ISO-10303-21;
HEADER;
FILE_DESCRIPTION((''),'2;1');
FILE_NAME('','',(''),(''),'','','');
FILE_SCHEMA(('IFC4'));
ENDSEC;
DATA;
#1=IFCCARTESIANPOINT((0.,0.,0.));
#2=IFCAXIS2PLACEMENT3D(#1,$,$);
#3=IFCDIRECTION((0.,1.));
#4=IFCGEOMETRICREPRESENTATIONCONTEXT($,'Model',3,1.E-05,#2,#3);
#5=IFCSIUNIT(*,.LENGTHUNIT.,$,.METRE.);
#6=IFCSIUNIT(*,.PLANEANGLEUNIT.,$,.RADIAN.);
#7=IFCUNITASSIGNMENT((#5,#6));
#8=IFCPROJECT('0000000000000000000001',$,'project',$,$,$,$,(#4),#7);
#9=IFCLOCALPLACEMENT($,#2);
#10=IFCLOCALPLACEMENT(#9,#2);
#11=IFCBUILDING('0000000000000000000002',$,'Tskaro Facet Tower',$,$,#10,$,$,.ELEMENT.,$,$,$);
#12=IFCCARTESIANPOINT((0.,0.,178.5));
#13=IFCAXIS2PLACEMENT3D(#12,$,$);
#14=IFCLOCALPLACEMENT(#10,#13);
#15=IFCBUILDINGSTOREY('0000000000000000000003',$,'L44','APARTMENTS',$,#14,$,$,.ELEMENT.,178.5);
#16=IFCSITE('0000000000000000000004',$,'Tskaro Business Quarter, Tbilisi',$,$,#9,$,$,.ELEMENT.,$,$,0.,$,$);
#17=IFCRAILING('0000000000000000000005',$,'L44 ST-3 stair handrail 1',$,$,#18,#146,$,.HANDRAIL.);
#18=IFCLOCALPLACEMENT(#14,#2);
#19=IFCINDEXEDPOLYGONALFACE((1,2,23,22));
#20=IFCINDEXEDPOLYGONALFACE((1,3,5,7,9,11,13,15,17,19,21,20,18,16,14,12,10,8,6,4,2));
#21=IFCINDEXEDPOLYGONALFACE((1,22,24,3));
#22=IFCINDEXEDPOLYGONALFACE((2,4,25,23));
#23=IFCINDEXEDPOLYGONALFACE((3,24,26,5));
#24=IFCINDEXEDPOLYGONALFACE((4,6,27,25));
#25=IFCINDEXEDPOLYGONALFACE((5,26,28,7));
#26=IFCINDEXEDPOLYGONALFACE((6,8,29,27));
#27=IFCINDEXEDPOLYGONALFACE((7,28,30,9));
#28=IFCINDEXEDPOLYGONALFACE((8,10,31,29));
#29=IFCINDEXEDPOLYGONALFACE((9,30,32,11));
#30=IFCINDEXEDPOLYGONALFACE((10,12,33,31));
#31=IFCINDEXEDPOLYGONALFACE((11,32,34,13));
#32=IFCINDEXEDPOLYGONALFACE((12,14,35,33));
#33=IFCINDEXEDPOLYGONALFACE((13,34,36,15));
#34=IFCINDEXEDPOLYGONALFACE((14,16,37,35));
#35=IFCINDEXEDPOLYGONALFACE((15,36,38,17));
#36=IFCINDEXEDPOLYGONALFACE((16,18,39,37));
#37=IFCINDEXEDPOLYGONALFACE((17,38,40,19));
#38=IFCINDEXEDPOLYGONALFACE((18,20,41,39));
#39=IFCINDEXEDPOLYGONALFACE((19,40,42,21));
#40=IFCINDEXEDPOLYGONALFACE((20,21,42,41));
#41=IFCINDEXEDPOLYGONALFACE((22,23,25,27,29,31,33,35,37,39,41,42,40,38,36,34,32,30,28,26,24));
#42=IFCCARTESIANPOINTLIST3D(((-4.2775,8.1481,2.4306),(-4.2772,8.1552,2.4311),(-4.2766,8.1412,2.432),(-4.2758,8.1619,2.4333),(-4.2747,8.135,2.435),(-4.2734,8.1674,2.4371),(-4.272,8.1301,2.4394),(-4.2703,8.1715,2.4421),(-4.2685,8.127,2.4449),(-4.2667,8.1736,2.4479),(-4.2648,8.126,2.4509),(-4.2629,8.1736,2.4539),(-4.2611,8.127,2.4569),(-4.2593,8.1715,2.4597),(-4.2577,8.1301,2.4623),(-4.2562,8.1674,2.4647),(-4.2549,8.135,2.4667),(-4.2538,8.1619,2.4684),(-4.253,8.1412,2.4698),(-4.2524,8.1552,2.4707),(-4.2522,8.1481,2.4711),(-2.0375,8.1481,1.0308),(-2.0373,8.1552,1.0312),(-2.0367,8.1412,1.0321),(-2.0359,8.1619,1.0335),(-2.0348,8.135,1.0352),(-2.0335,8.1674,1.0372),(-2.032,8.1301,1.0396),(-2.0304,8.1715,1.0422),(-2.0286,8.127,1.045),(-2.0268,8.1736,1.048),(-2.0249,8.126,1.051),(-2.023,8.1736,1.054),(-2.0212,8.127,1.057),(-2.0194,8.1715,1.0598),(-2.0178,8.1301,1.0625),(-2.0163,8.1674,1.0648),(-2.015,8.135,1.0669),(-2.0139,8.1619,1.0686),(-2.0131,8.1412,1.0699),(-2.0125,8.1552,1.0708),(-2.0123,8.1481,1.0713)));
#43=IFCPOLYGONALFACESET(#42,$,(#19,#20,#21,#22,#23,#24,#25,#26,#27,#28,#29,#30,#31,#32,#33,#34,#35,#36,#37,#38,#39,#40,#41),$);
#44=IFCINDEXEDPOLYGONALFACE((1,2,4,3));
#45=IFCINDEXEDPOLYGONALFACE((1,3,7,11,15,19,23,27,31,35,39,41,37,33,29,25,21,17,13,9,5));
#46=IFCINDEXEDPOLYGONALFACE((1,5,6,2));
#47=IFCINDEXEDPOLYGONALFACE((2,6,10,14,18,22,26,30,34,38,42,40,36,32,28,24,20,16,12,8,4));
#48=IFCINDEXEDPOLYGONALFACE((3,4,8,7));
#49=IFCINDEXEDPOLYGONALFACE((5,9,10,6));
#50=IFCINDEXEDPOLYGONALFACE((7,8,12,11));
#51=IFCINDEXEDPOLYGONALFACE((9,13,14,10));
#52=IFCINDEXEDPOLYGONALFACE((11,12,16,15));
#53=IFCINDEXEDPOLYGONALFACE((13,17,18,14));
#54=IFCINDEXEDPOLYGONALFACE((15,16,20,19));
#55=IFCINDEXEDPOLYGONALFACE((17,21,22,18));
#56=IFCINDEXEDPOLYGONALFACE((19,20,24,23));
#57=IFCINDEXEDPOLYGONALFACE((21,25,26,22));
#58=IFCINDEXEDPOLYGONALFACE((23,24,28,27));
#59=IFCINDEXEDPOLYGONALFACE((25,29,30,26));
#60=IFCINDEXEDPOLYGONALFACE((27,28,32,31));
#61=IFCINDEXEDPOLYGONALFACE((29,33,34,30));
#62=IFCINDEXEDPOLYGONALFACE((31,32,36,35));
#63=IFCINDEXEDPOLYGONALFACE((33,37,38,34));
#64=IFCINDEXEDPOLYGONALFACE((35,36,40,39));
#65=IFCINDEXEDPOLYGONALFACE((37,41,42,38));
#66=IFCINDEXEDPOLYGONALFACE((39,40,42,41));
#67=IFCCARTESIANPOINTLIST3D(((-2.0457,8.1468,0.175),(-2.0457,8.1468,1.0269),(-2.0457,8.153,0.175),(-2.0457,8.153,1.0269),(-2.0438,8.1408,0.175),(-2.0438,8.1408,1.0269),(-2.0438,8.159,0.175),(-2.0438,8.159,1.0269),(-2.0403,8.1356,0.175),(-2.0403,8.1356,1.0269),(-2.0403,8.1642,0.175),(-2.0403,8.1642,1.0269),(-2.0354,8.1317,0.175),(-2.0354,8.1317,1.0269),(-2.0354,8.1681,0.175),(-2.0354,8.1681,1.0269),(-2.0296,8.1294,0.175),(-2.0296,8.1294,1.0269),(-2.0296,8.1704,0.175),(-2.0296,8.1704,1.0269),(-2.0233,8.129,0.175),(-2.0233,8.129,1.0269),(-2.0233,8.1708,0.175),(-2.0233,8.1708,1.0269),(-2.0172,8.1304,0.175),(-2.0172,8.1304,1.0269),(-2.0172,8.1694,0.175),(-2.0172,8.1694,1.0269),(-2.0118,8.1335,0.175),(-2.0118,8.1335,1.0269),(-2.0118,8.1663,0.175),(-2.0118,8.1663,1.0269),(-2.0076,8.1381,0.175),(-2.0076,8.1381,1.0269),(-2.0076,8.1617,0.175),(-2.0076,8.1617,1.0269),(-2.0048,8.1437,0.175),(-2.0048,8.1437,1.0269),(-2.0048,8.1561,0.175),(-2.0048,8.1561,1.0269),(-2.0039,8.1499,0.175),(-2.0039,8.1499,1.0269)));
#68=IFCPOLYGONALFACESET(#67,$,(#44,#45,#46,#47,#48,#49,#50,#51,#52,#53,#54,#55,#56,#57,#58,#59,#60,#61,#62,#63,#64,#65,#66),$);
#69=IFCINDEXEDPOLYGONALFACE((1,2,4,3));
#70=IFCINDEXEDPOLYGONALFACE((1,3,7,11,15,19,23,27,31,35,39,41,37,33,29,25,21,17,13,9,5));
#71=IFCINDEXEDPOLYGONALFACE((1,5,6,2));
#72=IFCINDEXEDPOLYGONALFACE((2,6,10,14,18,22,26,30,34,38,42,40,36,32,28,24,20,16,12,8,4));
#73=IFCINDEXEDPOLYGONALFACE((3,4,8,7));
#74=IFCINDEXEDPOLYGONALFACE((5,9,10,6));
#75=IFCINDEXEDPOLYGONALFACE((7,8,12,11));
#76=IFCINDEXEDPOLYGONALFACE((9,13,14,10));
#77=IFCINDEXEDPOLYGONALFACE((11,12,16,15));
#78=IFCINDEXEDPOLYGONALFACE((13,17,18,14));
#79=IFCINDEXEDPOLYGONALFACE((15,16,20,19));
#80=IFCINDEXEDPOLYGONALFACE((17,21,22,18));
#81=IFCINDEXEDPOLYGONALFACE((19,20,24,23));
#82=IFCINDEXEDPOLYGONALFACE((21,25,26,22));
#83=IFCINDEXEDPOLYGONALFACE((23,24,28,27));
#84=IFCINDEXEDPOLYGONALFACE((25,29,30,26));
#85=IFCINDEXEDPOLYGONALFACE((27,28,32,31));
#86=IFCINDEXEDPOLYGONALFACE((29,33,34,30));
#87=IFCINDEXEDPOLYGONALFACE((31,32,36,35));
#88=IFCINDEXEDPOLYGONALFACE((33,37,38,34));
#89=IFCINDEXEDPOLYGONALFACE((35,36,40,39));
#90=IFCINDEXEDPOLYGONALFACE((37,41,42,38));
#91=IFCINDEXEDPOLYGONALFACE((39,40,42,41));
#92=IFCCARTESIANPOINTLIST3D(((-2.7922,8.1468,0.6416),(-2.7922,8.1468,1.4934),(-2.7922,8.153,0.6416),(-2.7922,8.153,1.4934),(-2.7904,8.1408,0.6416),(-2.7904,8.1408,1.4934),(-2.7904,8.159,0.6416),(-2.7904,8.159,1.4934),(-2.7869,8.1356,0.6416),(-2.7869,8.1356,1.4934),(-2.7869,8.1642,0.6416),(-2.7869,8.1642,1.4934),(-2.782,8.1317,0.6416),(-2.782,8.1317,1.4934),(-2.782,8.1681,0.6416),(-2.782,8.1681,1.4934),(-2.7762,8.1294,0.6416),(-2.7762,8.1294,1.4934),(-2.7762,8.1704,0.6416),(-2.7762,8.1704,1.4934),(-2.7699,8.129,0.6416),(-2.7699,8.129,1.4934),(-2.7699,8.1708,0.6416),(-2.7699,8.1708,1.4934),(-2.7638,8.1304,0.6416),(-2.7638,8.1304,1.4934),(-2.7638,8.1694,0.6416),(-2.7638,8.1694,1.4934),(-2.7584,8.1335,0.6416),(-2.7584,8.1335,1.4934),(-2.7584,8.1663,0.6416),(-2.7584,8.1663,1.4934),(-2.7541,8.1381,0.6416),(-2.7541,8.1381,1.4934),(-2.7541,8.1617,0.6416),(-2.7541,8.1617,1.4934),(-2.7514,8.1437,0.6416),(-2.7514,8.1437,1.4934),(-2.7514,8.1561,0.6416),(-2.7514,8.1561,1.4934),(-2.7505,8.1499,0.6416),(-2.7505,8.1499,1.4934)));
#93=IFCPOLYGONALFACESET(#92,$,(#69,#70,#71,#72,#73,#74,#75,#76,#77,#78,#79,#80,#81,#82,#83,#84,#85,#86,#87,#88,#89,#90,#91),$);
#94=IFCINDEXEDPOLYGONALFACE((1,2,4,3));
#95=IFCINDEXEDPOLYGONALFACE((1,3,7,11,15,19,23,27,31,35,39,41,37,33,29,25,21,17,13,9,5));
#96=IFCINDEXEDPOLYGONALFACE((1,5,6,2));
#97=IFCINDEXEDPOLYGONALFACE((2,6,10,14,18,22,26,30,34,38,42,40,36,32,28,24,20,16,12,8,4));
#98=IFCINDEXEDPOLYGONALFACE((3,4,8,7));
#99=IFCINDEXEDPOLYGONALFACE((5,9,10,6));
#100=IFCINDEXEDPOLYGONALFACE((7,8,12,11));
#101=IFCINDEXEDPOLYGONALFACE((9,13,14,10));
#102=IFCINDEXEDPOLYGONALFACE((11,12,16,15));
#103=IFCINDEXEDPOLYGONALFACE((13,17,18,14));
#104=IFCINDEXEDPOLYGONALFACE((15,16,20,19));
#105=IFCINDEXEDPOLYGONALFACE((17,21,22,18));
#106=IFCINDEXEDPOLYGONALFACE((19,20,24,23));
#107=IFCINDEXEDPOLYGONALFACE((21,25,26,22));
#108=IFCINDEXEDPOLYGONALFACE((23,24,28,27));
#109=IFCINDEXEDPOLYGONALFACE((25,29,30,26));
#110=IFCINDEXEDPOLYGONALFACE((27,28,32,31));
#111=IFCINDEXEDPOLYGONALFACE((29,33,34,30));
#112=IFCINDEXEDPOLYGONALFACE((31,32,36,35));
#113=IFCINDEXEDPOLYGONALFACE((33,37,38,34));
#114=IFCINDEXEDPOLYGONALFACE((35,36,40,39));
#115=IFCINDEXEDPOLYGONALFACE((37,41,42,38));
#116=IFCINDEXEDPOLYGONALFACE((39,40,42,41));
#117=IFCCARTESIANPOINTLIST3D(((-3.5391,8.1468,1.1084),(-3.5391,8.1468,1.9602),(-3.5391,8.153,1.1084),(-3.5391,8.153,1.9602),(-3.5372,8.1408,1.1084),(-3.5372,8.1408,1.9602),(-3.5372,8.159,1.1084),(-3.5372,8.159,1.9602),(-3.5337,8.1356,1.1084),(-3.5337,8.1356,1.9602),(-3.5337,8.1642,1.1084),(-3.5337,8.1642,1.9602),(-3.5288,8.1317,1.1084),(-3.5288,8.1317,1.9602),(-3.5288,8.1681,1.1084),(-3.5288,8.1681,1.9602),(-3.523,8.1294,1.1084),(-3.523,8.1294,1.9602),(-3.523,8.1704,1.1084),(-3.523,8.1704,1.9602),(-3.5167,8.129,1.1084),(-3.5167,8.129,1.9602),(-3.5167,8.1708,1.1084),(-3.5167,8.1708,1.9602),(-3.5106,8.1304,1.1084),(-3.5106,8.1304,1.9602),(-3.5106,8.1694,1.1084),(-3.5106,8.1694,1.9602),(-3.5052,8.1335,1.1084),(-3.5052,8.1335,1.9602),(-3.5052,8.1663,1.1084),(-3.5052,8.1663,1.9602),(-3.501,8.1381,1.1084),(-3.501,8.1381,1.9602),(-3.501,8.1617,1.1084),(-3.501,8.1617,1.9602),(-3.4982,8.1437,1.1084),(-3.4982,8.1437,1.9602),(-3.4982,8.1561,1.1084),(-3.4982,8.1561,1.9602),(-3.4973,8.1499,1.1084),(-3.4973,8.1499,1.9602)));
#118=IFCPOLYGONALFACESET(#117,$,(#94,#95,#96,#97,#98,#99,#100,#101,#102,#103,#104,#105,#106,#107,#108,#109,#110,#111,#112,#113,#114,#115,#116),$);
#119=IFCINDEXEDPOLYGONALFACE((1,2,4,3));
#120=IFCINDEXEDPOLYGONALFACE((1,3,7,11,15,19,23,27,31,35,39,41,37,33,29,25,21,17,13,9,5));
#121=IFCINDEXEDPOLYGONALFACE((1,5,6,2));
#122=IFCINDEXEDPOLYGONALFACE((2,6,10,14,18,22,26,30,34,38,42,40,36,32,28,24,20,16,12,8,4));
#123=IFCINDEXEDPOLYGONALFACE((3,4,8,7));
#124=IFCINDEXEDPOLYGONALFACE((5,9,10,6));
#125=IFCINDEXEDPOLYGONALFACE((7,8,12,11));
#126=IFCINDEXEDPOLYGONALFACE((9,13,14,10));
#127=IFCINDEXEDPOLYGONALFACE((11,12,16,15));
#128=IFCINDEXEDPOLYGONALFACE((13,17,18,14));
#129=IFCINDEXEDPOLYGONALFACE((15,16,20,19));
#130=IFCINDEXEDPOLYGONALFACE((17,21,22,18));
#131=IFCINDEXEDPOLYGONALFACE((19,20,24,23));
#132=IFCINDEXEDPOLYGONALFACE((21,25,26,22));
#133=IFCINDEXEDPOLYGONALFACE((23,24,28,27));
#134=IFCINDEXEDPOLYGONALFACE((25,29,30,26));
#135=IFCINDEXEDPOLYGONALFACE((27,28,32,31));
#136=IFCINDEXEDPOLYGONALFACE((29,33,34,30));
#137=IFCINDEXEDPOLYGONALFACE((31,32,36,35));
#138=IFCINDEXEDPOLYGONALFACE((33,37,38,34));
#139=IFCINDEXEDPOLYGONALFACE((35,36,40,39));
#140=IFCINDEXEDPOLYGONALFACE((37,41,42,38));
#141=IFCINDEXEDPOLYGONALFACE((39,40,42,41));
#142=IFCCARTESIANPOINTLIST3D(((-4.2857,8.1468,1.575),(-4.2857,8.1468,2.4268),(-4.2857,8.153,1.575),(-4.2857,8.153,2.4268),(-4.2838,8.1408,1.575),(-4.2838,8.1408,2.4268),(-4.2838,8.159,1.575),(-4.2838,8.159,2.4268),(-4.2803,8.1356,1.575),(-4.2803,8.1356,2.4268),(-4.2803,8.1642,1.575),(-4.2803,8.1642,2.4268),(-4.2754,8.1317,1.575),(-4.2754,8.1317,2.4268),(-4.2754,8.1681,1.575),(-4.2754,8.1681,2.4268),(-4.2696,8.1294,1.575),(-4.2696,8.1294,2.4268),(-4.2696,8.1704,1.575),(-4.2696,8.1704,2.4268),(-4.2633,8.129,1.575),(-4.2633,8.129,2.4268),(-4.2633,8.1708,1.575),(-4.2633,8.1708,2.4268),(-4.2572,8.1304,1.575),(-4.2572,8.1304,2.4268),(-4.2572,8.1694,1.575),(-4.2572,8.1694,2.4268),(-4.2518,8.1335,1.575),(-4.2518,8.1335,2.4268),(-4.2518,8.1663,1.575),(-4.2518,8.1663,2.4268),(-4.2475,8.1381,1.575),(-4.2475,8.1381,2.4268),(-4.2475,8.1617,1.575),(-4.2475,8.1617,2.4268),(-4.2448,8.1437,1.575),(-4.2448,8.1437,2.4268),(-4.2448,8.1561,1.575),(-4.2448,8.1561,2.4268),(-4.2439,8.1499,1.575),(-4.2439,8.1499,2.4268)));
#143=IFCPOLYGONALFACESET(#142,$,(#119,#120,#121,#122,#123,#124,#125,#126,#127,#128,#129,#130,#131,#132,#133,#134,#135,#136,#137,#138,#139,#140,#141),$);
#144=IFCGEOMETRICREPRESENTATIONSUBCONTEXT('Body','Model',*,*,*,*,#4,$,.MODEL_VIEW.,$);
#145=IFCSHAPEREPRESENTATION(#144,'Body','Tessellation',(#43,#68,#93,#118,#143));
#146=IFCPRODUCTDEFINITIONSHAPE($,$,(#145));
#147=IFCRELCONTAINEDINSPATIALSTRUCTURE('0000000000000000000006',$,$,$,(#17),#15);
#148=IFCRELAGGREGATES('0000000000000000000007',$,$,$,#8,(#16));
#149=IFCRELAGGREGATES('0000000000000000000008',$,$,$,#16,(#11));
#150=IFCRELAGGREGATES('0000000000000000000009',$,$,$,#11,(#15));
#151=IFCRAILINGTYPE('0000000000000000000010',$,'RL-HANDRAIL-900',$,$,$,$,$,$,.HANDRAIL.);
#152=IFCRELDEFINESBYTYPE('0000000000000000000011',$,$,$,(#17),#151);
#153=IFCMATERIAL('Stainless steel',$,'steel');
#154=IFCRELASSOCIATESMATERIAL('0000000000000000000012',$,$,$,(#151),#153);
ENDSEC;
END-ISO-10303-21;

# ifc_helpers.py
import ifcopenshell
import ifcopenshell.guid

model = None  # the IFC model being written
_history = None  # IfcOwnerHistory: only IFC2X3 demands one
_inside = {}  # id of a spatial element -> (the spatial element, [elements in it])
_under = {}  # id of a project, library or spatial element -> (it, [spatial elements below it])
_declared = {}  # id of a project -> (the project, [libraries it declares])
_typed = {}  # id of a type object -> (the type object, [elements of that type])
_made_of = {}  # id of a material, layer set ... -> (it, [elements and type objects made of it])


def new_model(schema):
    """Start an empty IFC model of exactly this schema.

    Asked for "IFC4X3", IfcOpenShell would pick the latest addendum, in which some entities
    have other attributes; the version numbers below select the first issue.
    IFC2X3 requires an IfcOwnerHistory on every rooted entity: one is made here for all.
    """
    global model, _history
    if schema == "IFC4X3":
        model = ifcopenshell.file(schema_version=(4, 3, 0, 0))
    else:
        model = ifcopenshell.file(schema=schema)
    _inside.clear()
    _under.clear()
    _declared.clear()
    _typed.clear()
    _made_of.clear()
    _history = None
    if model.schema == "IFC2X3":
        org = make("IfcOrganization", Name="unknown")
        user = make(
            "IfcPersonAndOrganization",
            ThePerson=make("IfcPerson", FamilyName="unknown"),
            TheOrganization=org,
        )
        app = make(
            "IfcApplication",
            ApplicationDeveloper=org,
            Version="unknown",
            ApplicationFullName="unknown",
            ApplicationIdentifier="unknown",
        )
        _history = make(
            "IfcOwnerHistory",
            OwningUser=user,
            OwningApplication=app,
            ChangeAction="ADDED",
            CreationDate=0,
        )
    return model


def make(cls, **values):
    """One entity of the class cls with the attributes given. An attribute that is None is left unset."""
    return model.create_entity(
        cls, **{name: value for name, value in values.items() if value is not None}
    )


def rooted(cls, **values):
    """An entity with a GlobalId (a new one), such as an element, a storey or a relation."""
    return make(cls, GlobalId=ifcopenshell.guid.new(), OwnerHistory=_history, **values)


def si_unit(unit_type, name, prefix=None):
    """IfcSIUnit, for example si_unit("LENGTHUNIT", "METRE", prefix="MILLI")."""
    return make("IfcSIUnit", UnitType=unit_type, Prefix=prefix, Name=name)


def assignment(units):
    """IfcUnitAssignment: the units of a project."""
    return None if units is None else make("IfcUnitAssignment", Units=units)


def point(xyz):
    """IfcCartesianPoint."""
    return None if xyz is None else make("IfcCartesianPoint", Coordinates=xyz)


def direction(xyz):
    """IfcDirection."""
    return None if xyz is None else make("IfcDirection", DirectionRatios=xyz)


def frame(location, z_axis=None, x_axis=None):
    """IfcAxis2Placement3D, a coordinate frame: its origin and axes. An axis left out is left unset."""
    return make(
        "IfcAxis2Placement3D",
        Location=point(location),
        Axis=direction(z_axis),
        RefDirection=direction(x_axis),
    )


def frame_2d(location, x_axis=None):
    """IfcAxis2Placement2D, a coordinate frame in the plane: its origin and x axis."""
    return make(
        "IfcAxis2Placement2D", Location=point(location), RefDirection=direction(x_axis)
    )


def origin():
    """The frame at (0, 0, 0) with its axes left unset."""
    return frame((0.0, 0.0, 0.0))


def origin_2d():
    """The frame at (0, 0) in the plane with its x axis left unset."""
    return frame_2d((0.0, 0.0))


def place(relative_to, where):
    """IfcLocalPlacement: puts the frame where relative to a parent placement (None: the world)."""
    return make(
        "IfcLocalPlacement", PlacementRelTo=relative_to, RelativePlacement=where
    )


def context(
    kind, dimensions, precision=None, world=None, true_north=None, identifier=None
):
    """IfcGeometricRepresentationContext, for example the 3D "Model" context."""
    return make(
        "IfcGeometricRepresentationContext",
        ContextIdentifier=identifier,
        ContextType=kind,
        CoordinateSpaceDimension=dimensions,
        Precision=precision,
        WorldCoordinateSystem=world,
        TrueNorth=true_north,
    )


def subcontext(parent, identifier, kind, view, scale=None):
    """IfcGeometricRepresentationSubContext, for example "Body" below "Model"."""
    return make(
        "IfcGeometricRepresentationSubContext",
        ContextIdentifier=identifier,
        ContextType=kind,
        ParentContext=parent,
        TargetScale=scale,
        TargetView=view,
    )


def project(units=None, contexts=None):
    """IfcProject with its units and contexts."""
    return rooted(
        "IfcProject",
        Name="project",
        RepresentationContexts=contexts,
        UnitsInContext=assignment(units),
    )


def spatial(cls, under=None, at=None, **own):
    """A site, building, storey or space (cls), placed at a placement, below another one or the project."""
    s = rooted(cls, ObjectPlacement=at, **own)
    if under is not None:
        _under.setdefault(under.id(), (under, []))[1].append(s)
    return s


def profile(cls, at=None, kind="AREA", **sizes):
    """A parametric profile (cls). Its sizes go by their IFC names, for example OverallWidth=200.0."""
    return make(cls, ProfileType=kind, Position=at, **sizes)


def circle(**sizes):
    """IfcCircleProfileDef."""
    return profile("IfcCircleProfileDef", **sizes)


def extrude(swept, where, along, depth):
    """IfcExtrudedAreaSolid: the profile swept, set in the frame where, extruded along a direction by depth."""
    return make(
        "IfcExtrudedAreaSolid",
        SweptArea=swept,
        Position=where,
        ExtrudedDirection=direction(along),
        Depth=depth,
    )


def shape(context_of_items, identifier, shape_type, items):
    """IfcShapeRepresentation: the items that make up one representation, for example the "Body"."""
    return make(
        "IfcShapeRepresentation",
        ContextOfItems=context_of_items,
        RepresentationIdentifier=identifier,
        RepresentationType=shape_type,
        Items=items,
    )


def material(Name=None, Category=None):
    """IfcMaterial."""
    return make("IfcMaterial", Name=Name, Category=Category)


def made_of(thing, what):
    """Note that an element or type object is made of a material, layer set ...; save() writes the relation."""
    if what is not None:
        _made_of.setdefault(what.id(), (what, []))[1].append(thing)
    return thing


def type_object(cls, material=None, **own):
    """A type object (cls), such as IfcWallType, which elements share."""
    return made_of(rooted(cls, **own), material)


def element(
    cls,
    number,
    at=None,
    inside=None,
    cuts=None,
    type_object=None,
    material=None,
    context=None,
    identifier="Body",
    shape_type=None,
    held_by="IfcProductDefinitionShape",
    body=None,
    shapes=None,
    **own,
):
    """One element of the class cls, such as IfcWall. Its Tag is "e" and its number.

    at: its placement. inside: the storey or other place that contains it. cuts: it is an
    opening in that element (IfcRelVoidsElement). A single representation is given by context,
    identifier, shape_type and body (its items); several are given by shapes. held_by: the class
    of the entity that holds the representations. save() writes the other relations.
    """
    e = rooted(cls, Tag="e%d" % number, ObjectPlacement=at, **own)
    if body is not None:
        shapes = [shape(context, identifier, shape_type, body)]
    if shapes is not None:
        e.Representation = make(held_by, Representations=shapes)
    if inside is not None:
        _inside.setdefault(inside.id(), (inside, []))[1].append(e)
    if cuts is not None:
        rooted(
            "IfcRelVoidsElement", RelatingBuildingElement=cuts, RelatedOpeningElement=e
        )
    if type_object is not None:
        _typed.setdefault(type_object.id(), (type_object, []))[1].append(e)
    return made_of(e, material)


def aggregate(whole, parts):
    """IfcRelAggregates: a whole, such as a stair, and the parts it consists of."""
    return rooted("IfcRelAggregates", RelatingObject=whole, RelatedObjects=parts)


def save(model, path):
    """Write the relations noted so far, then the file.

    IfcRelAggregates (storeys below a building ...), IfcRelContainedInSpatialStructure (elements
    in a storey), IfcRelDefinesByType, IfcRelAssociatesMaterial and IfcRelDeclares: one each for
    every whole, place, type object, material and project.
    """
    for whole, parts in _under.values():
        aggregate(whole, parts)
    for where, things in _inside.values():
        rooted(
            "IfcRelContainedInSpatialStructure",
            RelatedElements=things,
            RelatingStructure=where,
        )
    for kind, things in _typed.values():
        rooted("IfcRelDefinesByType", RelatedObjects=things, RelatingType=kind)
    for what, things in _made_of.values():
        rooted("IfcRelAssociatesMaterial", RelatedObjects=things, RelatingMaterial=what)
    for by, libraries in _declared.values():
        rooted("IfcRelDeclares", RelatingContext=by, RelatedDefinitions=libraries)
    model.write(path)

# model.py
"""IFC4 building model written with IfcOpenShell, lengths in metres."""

from ifc_helpers import new_model, si_unit, direction, frame, origin, origin_2d, place, context, subcontext, project, spatial, circle, extrude, material, type_object, element, save


model = new_model("IFC4")

# Units and contexts
model_context = context("Model", 3, precision=1e-05, world=origin(), true_north=direction((0.0, 1.0)))
body_context = subcontext(model_context, "Body", "Model", "MODEL_VIEW")
ifc_project = project(units=[si_unit("LENGTHUNIT", "METRE"), si_unit("PLANEANGLEUNIT", "RADIAN")], contexts=[model_context])

# Site, building, storey
site_placement = place(None, origin())
site = spatial("IfcSite", under=ifc_project, at=site_placement, Name="Tskaro Business Quarter, Tbilisi", CompositionType="ELEMENT", RefElevation=0.0)
building_placement = place(site_placement, origin())
building = spatial("IfcBuilding", under=site, at=building_placement, Name="Tskaro Facet Tower", CompositionType="ELEMENT")
storey_placement = place(building_placement, frame((0.0, 0.0, 178.5)))
storey = spatial("IfcBuildingStorey", under=building, at=storey_placement, Name="L44", Description="APARTMENTS", CompositionType="ELEMENT", Elevation=178.5)

# Railing
ifc_material_1 = material(Name="Stainless steel", Category="steel")
railing_type_1 = type_object("IfcRailingType", Name="RL-HANDRAIL-900", PredefinedType="HANDRAIL", material=ifc_material_1)
railing_1_placement = place(storey_placement, frame((-2.0249, 8.1499, 0.175)))
element("IfcRailing", 1, at=railing_1_placement, inside=storey, type_object=railing_type_1, Name="L44 ST-3 stair handrail 1", PredefinedType="HANDRAIL", context=body_context, shape_type="SweptSolid", body=[
    extrude(circle(Radius=0.0239, at=origin_2d()), frame((0.0, 0.0, 0.876), z_axis=(-0.848014, 0.0, 0.529974), x_axis=(0.0, -1.0, 0.0)), (0.0, 0.0, 1.0), 2.6414),
    extrude(circle(Radius=0.021, at=origin_2d()), origin(), (0.0, 0.0, 1.0), 0.8518),
    extrude(circle(Radius=0.021, at=origin_2d()), frame((-0.7466, 0.0, 0.4666)), (0.0, 0.0, 1.0), 0.8518),
    extrude(circle(Radius=0.021, at=origin_2d()), frame((-1.4934, 0.0, 0.9333)), (0.0, 0.0, 1.0), 0.8518),
    extrude(circle(Radius=0.021, at=origin_2d()), frame((-2.24, 0.0, 1.3999)), (0.0, 0.0, 1.0), 0.8518),
])

save(model, "model.ifc")
